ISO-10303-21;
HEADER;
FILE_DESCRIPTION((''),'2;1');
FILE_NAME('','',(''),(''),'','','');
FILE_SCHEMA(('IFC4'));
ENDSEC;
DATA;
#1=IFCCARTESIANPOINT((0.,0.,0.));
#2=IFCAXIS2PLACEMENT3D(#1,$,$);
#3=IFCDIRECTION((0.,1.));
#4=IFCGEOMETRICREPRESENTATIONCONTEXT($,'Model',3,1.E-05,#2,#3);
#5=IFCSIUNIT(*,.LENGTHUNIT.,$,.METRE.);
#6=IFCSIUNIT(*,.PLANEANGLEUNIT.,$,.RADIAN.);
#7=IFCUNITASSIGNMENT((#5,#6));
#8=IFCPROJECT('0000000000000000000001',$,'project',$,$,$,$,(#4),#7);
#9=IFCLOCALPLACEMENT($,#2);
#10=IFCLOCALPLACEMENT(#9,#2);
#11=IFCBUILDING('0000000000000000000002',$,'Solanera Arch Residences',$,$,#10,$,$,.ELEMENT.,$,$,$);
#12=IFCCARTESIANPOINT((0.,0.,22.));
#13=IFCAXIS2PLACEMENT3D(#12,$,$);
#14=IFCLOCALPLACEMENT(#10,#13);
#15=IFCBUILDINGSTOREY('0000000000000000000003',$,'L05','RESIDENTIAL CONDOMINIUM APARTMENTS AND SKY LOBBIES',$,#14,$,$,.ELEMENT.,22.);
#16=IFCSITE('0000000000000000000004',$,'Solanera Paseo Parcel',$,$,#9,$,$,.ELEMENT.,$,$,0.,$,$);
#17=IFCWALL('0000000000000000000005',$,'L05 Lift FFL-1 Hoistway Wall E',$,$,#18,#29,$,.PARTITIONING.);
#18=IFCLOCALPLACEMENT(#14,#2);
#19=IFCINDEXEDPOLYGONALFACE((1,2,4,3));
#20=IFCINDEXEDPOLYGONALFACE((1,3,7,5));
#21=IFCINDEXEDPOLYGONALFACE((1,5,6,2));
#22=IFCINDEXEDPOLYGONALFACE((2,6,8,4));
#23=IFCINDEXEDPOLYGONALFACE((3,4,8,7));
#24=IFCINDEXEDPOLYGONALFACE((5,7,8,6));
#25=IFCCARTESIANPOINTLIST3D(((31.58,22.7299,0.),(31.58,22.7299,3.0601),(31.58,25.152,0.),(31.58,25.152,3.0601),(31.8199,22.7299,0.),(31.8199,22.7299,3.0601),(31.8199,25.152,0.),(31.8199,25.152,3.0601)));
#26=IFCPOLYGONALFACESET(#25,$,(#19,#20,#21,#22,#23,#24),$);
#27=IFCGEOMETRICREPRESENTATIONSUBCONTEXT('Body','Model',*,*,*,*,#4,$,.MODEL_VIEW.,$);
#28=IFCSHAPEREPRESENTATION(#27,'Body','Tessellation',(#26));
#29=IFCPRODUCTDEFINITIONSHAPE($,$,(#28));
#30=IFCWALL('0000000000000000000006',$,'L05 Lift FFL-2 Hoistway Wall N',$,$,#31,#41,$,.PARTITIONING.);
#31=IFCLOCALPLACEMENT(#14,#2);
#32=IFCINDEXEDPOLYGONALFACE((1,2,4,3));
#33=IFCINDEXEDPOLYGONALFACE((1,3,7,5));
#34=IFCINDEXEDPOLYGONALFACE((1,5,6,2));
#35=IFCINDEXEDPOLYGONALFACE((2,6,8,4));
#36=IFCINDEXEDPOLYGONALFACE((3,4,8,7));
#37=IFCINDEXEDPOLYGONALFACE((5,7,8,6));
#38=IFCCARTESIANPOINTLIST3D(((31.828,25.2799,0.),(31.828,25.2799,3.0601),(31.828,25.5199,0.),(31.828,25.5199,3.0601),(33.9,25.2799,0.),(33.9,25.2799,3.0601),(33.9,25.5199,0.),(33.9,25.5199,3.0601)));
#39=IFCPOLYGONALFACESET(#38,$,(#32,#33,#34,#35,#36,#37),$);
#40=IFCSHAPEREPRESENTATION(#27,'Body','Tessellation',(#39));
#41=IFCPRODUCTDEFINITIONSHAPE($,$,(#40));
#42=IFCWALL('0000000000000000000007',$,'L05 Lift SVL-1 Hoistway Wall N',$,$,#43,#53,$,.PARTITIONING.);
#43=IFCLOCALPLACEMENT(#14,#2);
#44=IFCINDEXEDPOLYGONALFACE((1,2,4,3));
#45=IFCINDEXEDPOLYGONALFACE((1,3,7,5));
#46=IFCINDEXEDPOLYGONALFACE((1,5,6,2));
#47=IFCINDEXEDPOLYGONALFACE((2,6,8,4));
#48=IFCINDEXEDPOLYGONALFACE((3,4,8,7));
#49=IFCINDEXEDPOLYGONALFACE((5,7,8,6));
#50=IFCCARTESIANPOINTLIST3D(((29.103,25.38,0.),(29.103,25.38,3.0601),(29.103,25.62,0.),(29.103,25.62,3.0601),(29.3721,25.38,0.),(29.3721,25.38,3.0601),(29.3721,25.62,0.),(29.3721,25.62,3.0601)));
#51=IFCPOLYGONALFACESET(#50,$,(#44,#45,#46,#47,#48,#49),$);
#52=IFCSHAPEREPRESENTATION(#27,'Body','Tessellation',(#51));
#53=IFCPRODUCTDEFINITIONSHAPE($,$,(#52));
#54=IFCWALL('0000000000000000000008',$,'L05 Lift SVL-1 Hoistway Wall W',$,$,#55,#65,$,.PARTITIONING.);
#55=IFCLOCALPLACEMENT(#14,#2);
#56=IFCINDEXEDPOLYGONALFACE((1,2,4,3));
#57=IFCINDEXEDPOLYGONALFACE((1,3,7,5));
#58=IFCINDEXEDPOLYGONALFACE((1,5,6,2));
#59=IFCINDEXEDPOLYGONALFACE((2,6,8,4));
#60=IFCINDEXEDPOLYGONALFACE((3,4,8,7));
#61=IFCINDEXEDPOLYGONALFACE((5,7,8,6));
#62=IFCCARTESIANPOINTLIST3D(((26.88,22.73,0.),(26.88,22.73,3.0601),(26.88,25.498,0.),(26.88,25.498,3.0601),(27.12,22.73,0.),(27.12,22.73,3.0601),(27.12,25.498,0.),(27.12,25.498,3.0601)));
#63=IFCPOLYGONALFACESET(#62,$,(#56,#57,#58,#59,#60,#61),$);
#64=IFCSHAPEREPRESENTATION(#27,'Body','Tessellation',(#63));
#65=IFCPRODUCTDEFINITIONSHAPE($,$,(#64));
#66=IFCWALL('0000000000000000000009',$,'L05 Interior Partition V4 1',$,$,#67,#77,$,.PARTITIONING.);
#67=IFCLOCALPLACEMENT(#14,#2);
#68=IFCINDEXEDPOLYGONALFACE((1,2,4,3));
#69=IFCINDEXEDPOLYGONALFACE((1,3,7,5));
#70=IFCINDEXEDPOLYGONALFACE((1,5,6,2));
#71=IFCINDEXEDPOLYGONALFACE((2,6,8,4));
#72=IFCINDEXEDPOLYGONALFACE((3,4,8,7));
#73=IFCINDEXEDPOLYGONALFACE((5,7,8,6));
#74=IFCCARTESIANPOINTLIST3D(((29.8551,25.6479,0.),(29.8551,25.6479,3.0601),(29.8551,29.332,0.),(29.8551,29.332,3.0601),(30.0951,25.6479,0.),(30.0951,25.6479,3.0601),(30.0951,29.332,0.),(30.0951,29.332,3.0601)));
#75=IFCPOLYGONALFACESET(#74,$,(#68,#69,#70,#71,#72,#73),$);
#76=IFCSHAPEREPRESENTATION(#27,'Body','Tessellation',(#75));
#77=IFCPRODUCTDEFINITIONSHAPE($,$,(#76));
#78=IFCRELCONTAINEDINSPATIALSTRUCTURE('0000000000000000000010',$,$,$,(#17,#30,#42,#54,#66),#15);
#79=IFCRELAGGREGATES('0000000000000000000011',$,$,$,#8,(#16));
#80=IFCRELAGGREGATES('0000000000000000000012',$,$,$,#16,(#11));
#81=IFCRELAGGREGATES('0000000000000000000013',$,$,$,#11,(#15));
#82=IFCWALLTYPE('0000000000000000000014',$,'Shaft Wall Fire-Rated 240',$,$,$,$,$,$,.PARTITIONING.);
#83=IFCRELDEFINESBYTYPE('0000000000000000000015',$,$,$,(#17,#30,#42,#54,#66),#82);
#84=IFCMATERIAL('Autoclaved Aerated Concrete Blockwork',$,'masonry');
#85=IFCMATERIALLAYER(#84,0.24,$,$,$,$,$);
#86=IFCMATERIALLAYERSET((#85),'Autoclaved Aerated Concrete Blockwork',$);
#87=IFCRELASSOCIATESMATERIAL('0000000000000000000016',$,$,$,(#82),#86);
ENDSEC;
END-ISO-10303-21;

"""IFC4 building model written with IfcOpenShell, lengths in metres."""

from ifc_helpers import new_model, si_unit, direction, frame, frame_2d, origin, place, context, subcontext, project, spatial, rectangle, extrude, material, layer, layer_set, type_object, element, save


model = new_model("IFC4")

# Units and contexts
model_context = context("Model", 3, precision=1e-05, world=origin(), true_north=direction((0.0, 1.0)))
body_context = subcontext(model_context, "Body", "Model", "MODEL_VIEW")
ifc_project = project(units=[si_unit("LENGTHUNIT", "METRE"), si_unit("PLANEANGLEUNIT", "RADIAN")], contexts=[model_context])

# Site, building, storey
site_placement = place(None, origin())
site = spatial("IfcSite", under=ifc_project, at=site_placement, Name="Solanera Paseo Parcel", CompositionType="ELEMENT", RefElevation=0.0)
building_placement = place(site_placement, origin())
building = spatial("IfcBuilding", under=site, at=building_placement, Name="Solanera Arch Residences", CompositionType="ELEMENT")
storey_placement = place(building_placement, frame((0.0, 0.0, 22.0)))
storey = spatial("IfcBuildingStorey", under=building, at=storey_placement, Name="L05", Description="RESIDENTIAL CONDOMINIUM APARTMENTS AND SKY LOBBIES", CompositionType="ELEMENT", Elevation=22.0)

# Walls
ifc_material_1 = material(Name="Autoclaved Aerated Concrete Blockwork", Category="masonry")
ifc_layer_1 = layer(ifc_material_1, 0.24)
ifc_layer_set_1 = layer_set([ifc_layer_1], Name="Autoclaved Aerated Concrete Blockwork")
wall_type_1 = type_object("IfcWallType", Name="Shaft Wall Fire-Rated 240", PredefinedType="PARTITIONING", material=ifc_layer_set_1)
wall_1_placement = place(storey_placement, frame((31.7, 22.73, 0.0), z_axis=(0.0, 0.0, 1.0), x_axis=(0.0, 1.0, 0.0)))
element("IfcWall", 1, at=wall_1_placement, inside=storey, type_object=wall_type_1, Name="L05 Lift FFL-1 Hoistway Wall E", PredefinedType="PARTITIONING", context=body_context, shape_type="SweptSolid", body=[
    extrude(rectangle(XDim=2.4221, YDim=0.24, at=frame_2d((1.2109, 0.0))), origin(), (0.0, 0.0, 1.0), 3.0601),
])
wall_2_placement = place(storey_placement, frame((31.8279, 25.3999, 0.0), z_axis=(0.0, 0.0, 1.0), x_axis=(1.0, 0.0, 0.0)))
element("IfcWall", 2, at=wall_2_placement, inside=storey, type_object=wall_type_1, Name="L05 Lift FFL-2 Hoistway Wall N", PredefinedType="PARTITIONING", context=body_context, shape_type="SweptSolid", body=[
    extrude(rectangle(XDim=2.072, YDim=0.24, at=frame_2d((1.0361, 0.0))), origin(), (0.0, 0.0, 1.0), 3.0601),
])
wall_3_placement = place(storey_placement, frame((29.103, 25.5, 0.0), z_axis=(0.0, 0.0, 1.0), x_axis=(1.0, 0.0, 0.0)))
element("IfcWall", 3, at=wall_3_placement, inside=storey, type_object=wall_type_1, Name="L05 Lift SVL-1 Hoistway Wall N", PredefinedType="PARTITIONING", context=body_context, shape_type="SweptSolid", body=[
    extrude(rectangle(XDim=0.269, YDim=0.24, at=frame_2d((0.1345, 0.0))), origin(), (0.0, 0.0, 1.0), 3.0601),
])
wall_4_placement = place(storey_placement, frame((27.0, 22.73, 0.0), z_axis=(0.0, 0.0, 1.0), x_axis=(0.0, 1.0, 0.0)))
element("IfcWall", 4, at=wall_4_placement, inside=storey, type_object=wall_type_1, Name="L05 Lift SVL-1 Hoistway Wall W", PredefinedType="PARTITIONING", context=body_context, shape_type="SweptSolid", body=[
    extrude(rectangle(XDim=2.7681, YDim=0.24, at=frame_2d((1.384, 0.0))), origin(), (0.0, 0.0, 1.0), 3.0601),
])
wall_5_placement = place(storey_placement, frame((29.9751, 25.6479, 0.0), z_axis=(0.0, 0.0, 1.0), x_axis=(0.0, 1.0, 0.0)))
element("IfcWall", 5, at=wall_5_placement, inside=storey, type_object=wall_type_1, Name="L05 Interior Partition V4 1", PredefinedType="PARTITIONING", context=body_context, shape_type="SweptSolid", body=[
    extrude(rectangle(XDim=3.6841, YDim=0.24, at=frame_2d((1.842, 0.0))), origin(), (0.0, 0.0, 1.0), 3.0601),
])

save(model, "model.ifc")
